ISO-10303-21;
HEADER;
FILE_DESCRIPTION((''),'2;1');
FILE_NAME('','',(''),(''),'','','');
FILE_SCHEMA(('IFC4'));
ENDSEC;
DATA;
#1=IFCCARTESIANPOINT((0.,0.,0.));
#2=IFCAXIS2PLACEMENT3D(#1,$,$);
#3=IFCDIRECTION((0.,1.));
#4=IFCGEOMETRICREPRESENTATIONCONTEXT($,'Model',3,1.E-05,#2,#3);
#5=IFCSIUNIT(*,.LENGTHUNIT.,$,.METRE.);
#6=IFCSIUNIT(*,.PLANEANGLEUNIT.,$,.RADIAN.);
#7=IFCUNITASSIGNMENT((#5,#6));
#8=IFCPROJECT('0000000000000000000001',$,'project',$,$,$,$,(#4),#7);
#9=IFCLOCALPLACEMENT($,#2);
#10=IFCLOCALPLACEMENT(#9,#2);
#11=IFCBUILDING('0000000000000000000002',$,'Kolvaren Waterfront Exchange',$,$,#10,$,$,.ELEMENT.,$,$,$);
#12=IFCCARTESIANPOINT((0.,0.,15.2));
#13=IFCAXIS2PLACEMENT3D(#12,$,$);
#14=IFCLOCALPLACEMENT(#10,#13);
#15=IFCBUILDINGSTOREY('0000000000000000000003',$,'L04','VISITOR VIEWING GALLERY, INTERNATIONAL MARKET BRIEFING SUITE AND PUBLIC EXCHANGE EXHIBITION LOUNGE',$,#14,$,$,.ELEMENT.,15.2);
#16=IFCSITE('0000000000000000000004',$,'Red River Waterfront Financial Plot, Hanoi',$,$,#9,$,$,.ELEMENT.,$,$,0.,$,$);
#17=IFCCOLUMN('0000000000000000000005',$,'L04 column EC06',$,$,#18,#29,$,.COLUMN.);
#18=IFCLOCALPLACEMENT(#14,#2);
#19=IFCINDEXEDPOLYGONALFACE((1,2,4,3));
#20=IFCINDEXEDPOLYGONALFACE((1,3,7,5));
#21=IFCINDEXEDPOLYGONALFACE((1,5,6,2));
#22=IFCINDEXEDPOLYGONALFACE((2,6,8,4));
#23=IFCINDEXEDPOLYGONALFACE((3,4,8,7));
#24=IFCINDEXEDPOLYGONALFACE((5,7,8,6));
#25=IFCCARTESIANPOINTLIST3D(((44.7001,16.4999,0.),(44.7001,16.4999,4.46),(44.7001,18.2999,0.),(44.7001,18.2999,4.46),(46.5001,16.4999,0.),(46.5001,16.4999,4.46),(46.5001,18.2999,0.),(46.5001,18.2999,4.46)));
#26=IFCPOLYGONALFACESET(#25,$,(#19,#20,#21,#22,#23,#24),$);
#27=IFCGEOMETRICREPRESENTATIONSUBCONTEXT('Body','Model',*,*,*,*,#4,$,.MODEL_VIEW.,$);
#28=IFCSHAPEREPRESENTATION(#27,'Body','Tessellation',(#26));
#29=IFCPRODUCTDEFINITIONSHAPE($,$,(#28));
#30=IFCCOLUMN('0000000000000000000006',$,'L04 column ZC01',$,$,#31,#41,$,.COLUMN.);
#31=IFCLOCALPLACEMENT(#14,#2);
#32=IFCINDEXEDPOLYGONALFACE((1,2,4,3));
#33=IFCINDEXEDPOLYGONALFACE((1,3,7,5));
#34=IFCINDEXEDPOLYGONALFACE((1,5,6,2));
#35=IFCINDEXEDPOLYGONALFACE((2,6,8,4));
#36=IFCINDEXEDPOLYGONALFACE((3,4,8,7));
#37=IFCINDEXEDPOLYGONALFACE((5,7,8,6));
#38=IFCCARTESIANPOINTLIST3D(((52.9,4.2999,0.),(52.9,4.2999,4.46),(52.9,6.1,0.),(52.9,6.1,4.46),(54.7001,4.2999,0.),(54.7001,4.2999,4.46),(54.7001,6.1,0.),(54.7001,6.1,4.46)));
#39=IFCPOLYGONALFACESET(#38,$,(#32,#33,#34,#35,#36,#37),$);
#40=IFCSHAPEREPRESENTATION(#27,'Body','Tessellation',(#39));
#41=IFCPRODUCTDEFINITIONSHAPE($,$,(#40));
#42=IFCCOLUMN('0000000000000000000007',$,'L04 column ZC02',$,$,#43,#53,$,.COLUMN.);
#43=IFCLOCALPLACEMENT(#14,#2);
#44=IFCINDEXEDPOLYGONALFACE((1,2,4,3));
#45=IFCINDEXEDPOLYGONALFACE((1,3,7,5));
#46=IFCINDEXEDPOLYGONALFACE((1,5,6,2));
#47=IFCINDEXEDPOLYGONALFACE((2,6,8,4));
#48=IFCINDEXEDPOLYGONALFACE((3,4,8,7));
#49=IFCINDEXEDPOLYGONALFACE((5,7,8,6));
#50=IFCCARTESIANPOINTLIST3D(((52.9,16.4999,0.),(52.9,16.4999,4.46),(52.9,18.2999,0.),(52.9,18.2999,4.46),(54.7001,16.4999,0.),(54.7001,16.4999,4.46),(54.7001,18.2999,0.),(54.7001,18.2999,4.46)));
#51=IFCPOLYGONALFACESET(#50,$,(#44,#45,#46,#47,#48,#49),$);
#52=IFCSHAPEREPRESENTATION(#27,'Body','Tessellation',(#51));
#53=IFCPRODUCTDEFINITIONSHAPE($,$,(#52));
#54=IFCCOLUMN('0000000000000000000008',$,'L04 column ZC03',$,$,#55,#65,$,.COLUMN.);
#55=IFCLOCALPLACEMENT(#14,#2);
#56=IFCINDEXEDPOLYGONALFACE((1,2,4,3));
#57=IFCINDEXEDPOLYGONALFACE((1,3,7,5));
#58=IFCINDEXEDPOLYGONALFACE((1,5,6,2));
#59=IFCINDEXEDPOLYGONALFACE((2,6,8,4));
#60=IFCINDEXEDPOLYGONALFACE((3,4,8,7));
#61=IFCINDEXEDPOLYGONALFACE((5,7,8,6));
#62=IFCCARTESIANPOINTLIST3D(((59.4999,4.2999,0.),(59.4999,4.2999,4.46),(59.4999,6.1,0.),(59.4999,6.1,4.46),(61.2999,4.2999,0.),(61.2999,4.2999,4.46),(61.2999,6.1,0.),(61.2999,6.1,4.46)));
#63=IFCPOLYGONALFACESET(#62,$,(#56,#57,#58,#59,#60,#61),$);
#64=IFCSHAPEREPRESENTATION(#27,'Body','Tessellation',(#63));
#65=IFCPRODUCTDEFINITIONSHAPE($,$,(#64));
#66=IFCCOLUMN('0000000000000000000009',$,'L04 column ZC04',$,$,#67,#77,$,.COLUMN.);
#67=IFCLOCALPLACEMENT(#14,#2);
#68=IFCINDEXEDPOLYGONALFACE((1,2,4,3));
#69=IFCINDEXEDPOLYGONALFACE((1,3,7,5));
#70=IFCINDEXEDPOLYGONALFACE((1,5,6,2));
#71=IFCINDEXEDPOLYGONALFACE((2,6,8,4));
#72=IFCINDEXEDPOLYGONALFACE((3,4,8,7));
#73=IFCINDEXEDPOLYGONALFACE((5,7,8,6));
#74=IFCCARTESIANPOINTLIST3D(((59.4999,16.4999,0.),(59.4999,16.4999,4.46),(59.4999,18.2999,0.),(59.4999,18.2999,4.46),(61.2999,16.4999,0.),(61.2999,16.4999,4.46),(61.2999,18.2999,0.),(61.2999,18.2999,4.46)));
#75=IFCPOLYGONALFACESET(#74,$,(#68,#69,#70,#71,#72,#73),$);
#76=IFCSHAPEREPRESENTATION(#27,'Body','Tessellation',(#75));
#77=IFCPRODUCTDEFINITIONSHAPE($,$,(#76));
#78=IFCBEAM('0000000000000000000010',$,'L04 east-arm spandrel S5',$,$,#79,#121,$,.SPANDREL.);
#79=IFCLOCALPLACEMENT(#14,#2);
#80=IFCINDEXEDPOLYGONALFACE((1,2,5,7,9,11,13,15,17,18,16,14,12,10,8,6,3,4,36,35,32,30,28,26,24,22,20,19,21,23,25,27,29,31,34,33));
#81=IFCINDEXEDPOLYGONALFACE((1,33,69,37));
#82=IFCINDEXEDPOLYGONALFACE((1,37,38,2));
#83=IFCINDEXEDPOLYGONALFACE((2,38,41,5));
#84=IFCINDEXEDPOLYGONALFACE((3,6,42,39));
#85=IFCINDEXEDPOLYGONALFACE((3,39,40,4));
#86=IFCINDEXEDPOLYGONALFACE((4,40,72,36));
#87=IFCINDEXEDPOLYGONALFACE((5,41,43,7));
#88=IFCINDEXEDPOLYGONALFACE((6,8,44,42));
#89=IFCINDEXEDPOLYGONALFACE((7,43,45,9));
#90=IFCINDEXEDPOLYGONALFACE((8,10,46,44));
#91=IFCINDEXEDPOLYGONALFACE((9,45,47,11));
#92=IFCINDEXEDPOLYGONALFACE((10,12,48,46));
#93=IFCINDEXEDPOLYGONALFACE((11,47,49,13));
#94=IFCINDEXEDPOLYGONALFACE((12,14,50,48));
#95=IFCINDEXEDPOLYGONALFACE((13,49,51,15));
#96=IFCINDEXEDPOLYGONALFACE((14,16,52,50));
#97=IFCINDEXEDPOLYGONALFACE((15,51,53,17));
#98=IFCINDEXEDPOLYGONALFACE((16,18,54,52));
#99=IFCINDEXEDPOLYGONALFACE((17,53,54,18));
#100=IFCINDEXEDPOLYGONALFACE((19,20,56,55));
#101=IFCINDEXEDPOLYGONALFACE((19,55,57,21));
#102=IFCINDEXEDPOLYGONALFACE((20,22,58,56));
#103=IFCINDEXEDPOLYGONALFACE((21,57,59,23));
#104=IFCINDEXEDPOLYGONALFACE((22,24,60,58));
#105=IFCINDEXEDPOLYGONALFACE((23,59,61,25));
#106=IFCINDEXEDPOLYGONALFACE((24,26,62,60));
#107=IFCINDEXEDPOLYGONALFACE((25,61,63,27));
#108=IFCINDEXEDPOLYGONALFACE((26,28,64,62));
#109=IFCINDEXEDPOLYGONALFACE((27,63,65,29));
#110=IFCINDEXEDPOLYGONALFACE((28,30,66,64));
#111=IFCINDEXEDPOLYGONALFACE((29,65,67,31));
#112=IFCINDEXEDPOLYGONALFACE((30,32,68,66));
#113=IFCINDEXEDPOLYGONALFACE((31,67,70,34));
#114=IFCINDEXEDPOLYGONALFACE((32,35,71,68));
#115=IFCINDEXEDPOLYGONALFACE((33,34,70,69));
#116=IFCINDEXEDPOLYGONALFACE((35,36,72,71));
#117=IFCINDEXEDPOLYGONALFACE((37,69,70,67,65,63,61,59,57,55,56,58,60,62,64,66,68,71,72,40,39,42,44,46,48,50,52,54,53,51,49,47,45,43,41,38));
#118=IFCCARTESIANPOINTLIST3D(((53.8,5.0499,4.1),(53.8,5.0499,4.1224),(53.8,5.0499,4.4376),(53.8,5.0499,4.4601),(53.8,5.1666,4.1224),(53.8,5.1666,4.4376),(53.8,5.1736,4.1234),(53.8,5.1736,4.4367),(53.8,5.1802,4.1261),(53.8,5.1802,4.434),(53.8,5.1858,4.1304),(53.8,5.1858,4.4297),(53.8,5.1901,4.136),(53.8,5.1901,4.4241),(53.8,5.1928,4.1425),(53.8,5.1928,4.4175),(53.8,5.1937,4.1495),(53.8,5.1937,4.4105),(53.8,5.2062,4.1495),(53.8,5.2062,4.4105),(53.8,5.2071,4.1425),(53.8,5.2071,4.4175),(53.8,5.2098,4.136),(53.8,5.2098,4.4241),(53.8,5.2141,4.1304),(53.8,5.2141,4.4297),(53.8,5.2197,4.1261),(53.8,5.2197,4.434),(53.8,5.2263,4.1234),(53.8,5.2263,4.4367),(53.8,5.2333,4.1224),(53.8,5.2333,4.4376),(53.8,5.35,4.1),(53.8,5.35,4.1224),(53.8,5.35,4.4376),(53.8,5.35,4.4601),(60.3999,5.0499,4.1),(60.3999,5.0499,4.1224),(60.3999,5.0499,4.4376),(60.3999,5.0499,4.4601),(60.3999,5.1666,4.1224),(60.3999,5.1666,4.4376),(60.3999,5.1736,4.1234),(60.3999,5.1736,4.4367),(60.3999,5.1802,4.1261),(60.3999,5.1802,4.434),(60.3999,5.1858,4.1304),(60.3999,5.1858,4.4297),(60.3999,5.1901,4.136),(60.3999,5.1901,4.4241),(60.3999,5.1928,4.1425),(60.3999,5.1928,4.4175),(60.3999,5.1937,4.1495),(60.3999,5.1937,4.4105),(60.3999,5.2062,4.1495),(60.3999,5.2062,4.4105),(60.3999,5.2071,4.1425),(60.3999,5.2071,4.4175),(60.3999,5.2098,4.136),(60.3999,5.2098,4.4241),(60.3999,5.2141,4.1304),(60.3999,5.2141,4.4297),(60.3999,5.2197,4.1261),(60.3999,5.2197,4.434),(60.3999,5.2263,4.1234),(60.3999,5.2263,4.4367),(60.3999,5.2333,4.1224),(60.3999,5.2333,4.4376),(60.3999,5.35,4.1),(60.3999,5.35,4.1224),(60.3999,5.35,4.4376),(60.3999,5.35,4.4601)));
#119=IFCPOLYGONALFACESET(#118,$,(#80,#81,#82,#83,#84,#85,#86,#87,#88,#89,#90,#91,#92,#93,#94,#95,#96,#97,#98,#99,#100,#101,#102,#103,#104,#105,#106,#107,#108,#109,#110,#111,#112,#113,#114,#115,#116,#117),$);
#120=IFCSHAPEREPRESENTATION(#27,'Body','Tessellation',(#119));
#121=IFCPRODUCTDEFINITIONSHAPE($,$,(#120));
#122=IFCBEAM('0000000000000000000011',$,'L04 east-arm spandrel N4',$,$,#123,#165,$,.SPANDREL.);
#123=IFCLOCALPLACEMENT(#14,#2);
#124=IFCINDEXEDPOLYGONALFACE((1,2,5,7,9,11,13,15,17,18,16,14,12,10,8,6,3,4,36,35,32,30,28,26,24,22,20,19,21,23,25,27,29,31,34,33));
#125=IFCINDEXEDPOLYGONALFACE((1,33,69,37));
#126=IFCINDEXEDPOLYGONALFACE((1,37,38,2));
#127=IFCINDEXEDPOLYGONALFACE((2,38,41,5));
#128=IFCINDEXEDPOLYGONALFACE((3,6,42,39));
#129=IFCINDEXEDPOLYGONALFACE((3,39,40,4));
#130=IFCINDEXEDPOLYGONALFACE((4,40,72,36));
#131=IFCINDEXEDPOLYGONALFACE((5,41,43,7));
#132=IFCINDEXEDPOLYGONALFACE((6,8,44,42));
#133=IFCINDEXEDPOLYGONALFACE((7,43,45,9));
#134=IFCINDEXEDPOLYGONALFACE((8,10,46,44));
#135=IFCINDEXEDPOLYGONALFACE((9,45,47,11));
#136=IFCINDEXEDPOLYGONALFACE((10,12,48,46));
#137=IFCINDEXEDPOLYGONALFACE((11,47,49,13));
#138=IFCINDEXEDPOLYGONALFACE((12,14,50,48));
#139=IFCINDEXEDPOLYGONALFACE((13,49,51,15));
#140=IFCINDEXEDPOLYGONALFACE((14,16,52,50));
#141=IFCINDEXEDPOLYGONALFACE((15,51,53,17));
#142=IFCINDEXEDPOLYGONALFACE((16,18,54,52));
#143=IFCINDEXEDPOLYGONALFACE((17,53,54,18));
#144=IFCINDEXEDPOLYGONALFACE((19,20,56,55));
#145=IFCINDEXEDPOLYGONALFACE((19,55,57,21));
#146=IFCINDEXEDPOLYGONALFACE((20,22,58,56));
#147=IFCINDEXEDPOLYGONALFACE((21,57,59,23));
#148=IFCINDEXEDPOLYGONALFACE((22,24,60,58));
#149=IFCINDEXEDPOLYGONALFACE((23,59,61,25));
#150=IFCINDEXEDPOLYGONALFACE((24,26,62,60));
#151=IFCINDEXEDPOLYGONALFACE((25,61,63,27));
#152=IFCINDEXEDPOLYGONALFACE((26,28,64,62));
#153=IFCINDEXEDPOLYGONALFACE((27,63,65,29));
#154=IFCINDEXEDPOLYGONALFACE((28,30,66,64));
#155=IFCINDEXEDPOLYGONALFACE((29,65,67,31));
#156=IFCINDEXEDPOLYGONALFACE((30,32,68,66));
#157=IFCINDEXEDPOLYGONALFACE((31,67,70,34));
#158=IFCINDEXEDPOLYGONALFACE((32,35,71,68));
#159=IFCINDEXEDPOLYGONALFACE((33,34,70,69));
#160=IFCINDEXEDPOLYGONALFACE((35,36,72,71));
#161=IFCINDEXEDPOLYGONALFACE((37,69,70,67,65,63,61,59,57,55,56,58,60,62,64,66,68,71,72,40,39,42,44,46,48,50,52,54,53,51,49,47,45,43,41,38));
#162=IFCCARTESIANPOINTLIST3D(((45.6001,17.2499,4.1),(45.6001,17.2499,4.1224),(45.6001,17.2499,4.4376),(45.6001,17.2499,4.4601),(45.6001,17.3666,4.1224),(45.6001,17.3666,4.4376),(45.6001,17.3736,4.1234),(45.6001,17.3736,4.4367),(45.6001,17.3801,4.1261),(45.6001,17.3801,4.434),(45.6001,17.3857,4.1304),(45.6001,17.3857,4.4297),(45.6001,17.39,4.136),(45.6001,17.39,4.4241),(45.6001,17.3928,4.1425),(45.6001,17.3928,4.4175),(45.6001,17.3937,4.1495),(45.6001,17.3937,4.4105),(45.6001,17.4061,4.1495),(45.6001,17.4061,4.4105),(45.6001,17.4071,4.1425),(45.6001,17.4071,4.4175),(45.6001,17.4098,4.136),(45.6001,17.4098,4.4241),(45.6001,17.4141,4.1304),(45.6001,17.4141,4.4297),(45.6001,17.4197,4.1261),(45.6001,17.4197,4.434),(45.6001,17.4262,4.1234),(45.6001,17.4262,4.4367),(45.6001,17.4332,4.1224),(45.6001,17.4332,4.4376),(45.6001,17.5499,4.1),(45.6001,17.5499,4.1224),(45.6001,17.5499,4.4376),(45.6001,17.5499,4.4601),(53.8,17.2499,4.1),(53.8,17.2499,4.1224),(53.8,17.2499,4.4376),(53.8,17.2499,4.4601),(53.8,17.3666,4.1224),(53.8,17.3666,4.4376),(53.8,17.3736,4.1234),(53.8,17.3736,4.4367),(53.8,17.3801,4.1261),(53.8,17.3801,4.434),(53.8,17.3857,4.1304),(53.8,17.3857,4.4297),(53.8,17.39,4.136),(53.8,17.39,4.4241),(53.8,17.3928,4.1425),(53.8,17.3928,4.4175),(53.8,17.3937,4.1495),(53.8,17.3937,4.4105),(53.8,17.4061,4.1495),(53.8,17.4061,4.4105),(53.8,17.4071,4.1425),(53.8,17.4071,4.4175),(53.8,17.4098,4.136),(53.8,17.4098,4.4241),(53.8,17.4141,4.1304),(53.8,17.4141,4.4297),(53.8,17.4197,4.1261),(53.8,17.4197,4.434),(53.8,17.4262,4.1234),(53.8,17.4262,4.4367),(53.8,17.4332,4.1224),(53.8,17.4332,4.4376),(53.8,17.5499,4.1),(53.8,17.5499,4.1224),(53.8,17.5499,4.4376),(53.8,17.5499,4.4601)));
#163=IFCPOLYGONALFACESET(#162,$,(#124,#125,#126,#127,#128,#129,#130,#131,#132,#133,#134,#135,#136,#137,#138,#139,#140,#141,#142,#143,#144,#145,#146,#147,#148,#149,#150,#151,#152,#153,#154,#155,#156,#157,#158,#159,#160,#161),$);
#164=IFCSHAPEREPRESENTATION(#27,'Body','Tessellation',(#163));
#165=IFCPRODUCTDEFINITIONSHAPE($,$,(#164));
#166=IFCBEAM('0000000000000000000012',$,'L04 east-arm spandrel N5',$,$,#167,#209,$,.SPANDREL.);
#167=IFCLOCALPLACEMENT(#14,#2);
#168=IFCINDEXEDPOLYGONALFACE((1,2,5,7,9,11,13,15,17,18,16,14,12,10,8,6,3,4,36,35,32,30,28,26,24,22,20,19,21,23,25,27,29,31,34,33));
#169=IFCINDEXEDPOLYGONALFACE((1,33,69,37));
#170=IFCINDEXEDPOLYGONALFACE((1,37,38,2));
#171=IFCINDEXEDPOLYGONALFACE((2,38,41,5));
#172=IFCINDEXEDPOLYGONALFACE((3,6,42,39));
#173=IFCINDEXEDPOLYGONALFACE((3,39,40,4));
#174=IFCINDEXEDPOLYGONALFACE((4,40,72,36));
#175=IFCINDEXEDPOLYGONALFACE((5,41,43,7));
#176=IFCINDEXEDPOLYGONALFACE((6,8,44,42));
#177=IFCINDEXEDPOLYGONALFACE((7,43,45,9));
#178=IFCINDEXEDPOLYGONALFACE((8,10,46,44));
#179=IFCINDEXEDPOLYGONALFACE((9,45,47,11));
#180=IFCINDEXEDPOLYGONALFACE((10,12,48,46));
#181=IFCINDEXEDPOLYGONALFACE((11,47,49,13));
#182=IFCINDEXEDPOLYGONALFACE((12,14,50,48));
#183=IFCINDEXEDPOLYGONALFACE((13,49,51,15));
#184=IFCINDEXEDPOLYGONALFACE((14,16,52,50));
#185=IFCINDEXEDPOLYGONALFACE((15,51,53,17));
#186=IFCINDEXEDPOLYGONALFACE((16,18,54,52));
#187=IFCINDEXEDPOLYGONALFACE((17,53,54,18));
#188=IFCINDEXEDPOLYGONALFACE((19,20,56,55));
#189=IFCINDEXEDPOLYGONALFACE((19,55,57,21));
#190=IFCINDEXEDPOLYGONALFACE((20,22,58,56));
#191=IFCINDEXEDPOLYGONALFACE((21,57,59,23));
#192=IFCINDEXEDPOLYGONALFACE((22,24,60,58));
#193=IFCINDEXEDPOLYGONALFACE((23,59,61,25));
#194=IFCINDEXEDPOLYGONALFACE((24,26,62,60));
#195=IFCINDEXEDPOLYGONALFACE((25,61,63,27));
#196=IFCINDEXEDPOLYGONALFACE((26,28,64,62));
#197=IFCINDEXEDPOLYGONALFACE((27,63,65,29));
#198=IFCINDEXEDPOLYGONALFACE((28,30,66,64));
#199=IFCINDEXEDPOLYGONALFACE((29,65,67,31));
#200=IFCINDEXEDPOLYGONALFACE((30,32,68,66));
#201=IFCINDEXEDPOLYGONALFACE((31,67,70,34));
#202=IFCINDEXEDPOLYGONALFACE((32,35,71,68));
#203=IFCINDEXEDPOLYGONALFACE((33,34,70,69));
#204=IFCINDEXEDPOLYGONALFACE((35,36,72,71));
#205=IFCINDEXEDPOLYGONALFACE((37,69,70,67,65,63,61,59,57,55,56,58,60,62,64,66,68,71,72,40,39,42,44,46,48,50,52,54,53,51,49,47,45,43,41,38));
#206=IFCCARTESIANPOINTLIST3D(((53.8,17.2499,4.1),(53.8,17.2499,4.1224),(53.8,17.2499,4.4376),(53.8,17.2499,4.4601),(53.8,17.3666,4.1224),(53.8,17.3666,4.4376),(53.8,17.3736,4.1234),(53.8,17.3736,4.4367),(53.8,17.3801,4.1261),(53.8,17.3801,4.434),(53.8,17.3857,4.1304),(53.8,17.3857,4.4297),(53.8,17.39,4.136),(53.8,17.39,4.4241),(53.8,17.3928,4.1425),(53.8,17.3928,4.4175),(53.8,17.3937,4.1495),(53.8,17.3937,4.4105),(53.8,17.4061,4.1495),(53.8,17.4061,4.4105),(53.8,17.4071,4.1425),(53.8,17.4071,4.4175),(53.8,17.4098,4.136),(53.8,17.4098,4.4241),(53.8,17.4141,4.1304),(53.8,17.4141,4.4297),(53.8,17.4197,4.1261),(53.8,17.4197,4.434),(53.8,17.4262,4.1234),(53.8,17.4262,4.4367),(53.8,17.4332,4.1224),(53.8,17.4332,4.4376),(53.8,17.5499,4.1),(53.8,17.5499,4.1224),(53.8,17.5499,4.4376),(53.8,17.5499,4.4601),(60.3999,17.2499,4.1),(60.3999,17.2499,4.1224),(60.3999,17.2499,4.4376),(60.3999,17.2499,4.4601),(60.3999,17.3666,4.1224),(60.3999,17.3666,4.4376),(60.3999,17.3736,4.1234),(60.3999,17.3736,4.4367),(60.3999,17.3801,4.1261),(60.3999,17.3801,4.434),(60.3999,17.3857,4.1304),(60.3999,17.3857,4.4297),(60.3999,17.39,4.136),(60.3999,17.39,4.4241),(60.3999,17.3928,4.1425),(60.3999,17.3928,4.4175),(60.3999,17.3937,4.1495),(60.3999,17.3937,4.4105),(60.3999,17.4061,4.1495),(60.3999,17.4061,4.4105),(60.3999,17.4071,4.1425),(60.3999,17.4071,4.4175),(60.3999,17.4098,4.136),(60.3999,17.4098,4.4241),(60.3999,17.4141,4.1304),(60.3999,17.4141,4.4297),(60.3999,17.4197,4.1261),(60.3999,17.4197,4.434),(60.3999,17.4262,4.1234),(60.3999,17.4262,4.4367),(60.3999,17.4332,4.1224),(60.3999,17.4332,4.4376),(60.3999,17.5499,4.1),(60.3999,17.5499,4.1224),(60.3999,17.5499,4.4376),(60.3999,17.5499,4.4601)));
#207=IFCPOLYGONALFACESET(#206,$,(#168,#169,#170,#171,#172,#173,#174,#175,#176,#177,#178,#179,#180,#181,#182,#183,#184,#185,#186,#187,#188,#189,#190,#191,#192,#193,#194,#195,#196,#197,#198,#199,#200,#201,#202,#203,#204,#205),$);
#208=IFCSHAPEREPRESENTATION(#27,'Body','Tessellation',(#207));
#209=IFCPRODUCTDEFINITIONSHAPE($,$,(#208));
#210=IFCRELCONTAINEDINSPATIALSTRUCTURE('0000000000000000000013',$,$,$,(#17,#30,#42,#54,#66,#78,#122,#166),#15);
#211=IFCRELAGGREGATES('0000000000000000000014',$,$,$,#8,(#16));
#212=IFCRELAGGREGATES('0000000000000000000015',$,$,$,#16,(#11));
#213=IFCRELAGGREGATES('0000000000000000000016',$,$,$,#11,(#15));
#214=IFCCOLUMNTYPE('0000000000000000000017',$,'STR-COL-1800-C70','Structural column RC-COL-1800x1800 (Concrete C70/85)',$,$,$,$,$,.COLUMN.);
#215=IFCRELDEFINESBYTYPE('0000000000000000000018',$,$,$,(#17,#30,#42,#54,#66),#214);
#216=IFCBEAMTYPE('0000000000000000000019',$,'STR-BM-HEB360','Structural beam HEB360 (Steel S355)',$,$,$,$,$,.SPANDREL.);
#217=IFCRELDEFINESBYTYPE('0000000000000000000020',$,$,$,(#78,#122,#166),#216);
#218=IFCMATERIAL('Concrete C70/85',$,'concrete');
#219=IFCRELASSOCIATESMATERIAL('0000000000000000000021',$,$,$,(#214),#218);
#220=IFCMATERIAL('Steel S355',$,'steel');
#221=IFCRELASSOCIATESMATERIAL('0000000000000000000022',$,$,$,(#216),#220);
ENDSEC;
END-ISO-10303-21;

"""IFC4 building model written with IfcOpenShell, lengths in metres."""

from ifc_helpers import new_model, si_unit, direction, frame, origin, origin_2d, place, context, subcontext, project, spatial, rectangle, i_section, extrude, material, material_profile, profile_set, type_object, element, save


model = new_model("IFC4")

# Units and contexts
model_context = context("Model", 3, precision=1e-05, world=origin(), true_north=direction((0.0, 1.0)))
body_context = subcontext(model_context, "Body", "Model", "MODEL_VIEW")
ifc_project = project(units=[si_unit("LENGTHUNIT", "METRE"), si_unit("PLANEANGLEUNIT", "RADIAN")], contexts=[model_context])

# Site, building, storey
site_placement = place(None, origin())
site = spatial("IfcSite", under=ifc_project, at=site_placement, Name="Red River Waterfront Financial Plot, Hanoi", CompositionType="ELEMENT", RefElevation=0.0)
building_placement = place(site_placement, origin())
building = spatial("IfcBuilding", under=site, at=building_placement, Name="Kolvaren Waterfront Exchange", CompositionType="ELEMENT")
storey_placement = place(building_placement, frame((0.0, 0.0, 15.2)))
storey = spatial("IfcBuildingStorey", under=building, at=storey_placement, Name="L04", Description="VISITOR VIEWING GALLERY, INTERNATIONAL MARKET BRIEFING SUITE AND PUBLIC EXCHANGE EXHIBITION LOUNGE", CompositionType="ELEMENT", Elevation=15.2)

# Columns
ifc_material_1 = material(Name="Concrete C70/85", Category="concrete")
ifc_material_profile_1 = material_profile(ifc_material_1, rectangle(XDim=1.8, YDim=1.8, at=origin_2d()), Name="RC-COL-1800x1800")
ifc_profile_set_1 = profile_set([ifc_material_profile_1], Name="Concrete C70/85")
column_type = type_object("IfcColumnType", Name="STR-COL-1800-C70", Description="Structural column RC-COL-1800x1800 (Concrete C70/85)", PredefinedType="COLUMN", material=ifc_profile_set_1)
for number, where, z_axis, x_axis, name in (
    (1, (45.6001, 17.3999, 0.0), (0.0, 0.0, 1.0), (1.0, 0.0, 0.0), "L04 column EC06"),
    (2, (53.8, 5.2, 0.0), (0.0, 0.0, 1.0), (1.0, 0.0, 0.0), "L04 column ZC01"),
    (3, (53.8, 17.3999, 0.0), (0.0, 0.0, 1.0), (1.0, 0.0, 0.0), "L04 column ZC02"),
    (4, (60.3999, 5.2, 0.0), (0.0, 0.0, 1.0), (1.0, 0.0, 0.0), "L04 column ZC03"),
    (5, (60.3999, 17.3999, 0.0), (0.0, 0.0, 1.0), (1.0, 0.0, 0.0), "L04 column ZC04"),
):
    element("IfcColumn", number, at=place(storey_placement, frame(where, z_axis=z_axis, x_axis=x_axis)), inside=storey, type_object=column_type, Name=name, PredefinedType="COLUMN", context=body_context, shape_type="SweptSolid", body=[
        extrude(rectangle(XDim=1.8, YDim=1.8, at=origin_2d()), origin(), (0.0, 0.0, 1.0), 4.46),
    ])

# Beams
ifc_material_2 = material(Name="Steel S355", Category="steel")
ifc_material_profile_2 = material_profile(ifc_material_2, i_section(OverallWidth=0.3, OverallDepth=0.3601, WebThickness=0.0125, FlangeThickness=0.0225, FilletRadius=0.0271, at=origin_2d()), Name="HEB360")
ifc_profile_set_2 = profile_set([ifc_material_profile_2], Name="Steel S355")
beam_type_1 = type_object("IfcBeamType", Name="STR-BM-HEB360", Description="Structural beam HEB360 (Steel S355)", PredefinedType="SPANDREL", material=ifc_profile_set_2)
beam_1_placement = place(storey_placement, frame((53.8, 5.2, 4.28), z_axis=(1.0, 0.0, 0.0), x_axis=(0.0, 1.0, 0.0)))
element("IfcBeam", 6, at=beam_1_placement, inside=storey, type_object=beam_type_1, Name="L04 east-arm spandrel S5", PredefinedType="SPANDREL", context=body_context, shape_type="SweptSolid", body=[
    extrude(i_section(OverallWidth=0.3, OverallDepth=0.3601, WebThickness=0.0125, FlangeThickness=0.0225, FilletRadius=0.0271, at=origin_2d()), origin(), (0.0, 0.0, 1.0), 6.5999),
])
beam_2_placement = place(storey_placement, frame((45.6001, 17.3999, 4.28), z_axis=(1.0, 0.0, 0.0), x_axis=(0.0, 1.0, 0.0)))
element("IfcBeam", 7, at=beam_2_placement, inside=storey, type_object=beam_type_1, Name="L04 east-arm spandrel N4", PredefinedType="SPANDREL", context=body_context, shape_type="SweptSolid", body=[
    extrude(i_section(OverallWidth=0.3, OverallDepth=0.3601, WebThickness=0.0125, FlangeThickness=0.0225, FilletRadius=0.0271, at=origin_2d()), origin(), (0.0, 0.0, 1.0), 8.2),
])
beam_3_placement = place(storey_placement, frame((53.8, 17.3999, 4.28), z_axis=(1.0, 0.0, 0.0), x_axis=(0.0, 1.0, 0.0)))
element("IfcBeam", 8, at=beam_3_placement, inside=storey, type_object=beam_type_1, Name="L04 east-arm spandrel N5", PredefinedType="SPANDREL", context=body_context, shape_type="SweptSolid", body=[
    extrude(i_section(OverallWidth=0.3, OverallDepth=0.3601, WebThickness=0.0125, FlangeThickness=0.0225, FilletRadius=0.0271, at=origin_2d()), origin(), (0.0, 0.0, 1.0), 6.5999),
])

save(model, "model.ifc")
